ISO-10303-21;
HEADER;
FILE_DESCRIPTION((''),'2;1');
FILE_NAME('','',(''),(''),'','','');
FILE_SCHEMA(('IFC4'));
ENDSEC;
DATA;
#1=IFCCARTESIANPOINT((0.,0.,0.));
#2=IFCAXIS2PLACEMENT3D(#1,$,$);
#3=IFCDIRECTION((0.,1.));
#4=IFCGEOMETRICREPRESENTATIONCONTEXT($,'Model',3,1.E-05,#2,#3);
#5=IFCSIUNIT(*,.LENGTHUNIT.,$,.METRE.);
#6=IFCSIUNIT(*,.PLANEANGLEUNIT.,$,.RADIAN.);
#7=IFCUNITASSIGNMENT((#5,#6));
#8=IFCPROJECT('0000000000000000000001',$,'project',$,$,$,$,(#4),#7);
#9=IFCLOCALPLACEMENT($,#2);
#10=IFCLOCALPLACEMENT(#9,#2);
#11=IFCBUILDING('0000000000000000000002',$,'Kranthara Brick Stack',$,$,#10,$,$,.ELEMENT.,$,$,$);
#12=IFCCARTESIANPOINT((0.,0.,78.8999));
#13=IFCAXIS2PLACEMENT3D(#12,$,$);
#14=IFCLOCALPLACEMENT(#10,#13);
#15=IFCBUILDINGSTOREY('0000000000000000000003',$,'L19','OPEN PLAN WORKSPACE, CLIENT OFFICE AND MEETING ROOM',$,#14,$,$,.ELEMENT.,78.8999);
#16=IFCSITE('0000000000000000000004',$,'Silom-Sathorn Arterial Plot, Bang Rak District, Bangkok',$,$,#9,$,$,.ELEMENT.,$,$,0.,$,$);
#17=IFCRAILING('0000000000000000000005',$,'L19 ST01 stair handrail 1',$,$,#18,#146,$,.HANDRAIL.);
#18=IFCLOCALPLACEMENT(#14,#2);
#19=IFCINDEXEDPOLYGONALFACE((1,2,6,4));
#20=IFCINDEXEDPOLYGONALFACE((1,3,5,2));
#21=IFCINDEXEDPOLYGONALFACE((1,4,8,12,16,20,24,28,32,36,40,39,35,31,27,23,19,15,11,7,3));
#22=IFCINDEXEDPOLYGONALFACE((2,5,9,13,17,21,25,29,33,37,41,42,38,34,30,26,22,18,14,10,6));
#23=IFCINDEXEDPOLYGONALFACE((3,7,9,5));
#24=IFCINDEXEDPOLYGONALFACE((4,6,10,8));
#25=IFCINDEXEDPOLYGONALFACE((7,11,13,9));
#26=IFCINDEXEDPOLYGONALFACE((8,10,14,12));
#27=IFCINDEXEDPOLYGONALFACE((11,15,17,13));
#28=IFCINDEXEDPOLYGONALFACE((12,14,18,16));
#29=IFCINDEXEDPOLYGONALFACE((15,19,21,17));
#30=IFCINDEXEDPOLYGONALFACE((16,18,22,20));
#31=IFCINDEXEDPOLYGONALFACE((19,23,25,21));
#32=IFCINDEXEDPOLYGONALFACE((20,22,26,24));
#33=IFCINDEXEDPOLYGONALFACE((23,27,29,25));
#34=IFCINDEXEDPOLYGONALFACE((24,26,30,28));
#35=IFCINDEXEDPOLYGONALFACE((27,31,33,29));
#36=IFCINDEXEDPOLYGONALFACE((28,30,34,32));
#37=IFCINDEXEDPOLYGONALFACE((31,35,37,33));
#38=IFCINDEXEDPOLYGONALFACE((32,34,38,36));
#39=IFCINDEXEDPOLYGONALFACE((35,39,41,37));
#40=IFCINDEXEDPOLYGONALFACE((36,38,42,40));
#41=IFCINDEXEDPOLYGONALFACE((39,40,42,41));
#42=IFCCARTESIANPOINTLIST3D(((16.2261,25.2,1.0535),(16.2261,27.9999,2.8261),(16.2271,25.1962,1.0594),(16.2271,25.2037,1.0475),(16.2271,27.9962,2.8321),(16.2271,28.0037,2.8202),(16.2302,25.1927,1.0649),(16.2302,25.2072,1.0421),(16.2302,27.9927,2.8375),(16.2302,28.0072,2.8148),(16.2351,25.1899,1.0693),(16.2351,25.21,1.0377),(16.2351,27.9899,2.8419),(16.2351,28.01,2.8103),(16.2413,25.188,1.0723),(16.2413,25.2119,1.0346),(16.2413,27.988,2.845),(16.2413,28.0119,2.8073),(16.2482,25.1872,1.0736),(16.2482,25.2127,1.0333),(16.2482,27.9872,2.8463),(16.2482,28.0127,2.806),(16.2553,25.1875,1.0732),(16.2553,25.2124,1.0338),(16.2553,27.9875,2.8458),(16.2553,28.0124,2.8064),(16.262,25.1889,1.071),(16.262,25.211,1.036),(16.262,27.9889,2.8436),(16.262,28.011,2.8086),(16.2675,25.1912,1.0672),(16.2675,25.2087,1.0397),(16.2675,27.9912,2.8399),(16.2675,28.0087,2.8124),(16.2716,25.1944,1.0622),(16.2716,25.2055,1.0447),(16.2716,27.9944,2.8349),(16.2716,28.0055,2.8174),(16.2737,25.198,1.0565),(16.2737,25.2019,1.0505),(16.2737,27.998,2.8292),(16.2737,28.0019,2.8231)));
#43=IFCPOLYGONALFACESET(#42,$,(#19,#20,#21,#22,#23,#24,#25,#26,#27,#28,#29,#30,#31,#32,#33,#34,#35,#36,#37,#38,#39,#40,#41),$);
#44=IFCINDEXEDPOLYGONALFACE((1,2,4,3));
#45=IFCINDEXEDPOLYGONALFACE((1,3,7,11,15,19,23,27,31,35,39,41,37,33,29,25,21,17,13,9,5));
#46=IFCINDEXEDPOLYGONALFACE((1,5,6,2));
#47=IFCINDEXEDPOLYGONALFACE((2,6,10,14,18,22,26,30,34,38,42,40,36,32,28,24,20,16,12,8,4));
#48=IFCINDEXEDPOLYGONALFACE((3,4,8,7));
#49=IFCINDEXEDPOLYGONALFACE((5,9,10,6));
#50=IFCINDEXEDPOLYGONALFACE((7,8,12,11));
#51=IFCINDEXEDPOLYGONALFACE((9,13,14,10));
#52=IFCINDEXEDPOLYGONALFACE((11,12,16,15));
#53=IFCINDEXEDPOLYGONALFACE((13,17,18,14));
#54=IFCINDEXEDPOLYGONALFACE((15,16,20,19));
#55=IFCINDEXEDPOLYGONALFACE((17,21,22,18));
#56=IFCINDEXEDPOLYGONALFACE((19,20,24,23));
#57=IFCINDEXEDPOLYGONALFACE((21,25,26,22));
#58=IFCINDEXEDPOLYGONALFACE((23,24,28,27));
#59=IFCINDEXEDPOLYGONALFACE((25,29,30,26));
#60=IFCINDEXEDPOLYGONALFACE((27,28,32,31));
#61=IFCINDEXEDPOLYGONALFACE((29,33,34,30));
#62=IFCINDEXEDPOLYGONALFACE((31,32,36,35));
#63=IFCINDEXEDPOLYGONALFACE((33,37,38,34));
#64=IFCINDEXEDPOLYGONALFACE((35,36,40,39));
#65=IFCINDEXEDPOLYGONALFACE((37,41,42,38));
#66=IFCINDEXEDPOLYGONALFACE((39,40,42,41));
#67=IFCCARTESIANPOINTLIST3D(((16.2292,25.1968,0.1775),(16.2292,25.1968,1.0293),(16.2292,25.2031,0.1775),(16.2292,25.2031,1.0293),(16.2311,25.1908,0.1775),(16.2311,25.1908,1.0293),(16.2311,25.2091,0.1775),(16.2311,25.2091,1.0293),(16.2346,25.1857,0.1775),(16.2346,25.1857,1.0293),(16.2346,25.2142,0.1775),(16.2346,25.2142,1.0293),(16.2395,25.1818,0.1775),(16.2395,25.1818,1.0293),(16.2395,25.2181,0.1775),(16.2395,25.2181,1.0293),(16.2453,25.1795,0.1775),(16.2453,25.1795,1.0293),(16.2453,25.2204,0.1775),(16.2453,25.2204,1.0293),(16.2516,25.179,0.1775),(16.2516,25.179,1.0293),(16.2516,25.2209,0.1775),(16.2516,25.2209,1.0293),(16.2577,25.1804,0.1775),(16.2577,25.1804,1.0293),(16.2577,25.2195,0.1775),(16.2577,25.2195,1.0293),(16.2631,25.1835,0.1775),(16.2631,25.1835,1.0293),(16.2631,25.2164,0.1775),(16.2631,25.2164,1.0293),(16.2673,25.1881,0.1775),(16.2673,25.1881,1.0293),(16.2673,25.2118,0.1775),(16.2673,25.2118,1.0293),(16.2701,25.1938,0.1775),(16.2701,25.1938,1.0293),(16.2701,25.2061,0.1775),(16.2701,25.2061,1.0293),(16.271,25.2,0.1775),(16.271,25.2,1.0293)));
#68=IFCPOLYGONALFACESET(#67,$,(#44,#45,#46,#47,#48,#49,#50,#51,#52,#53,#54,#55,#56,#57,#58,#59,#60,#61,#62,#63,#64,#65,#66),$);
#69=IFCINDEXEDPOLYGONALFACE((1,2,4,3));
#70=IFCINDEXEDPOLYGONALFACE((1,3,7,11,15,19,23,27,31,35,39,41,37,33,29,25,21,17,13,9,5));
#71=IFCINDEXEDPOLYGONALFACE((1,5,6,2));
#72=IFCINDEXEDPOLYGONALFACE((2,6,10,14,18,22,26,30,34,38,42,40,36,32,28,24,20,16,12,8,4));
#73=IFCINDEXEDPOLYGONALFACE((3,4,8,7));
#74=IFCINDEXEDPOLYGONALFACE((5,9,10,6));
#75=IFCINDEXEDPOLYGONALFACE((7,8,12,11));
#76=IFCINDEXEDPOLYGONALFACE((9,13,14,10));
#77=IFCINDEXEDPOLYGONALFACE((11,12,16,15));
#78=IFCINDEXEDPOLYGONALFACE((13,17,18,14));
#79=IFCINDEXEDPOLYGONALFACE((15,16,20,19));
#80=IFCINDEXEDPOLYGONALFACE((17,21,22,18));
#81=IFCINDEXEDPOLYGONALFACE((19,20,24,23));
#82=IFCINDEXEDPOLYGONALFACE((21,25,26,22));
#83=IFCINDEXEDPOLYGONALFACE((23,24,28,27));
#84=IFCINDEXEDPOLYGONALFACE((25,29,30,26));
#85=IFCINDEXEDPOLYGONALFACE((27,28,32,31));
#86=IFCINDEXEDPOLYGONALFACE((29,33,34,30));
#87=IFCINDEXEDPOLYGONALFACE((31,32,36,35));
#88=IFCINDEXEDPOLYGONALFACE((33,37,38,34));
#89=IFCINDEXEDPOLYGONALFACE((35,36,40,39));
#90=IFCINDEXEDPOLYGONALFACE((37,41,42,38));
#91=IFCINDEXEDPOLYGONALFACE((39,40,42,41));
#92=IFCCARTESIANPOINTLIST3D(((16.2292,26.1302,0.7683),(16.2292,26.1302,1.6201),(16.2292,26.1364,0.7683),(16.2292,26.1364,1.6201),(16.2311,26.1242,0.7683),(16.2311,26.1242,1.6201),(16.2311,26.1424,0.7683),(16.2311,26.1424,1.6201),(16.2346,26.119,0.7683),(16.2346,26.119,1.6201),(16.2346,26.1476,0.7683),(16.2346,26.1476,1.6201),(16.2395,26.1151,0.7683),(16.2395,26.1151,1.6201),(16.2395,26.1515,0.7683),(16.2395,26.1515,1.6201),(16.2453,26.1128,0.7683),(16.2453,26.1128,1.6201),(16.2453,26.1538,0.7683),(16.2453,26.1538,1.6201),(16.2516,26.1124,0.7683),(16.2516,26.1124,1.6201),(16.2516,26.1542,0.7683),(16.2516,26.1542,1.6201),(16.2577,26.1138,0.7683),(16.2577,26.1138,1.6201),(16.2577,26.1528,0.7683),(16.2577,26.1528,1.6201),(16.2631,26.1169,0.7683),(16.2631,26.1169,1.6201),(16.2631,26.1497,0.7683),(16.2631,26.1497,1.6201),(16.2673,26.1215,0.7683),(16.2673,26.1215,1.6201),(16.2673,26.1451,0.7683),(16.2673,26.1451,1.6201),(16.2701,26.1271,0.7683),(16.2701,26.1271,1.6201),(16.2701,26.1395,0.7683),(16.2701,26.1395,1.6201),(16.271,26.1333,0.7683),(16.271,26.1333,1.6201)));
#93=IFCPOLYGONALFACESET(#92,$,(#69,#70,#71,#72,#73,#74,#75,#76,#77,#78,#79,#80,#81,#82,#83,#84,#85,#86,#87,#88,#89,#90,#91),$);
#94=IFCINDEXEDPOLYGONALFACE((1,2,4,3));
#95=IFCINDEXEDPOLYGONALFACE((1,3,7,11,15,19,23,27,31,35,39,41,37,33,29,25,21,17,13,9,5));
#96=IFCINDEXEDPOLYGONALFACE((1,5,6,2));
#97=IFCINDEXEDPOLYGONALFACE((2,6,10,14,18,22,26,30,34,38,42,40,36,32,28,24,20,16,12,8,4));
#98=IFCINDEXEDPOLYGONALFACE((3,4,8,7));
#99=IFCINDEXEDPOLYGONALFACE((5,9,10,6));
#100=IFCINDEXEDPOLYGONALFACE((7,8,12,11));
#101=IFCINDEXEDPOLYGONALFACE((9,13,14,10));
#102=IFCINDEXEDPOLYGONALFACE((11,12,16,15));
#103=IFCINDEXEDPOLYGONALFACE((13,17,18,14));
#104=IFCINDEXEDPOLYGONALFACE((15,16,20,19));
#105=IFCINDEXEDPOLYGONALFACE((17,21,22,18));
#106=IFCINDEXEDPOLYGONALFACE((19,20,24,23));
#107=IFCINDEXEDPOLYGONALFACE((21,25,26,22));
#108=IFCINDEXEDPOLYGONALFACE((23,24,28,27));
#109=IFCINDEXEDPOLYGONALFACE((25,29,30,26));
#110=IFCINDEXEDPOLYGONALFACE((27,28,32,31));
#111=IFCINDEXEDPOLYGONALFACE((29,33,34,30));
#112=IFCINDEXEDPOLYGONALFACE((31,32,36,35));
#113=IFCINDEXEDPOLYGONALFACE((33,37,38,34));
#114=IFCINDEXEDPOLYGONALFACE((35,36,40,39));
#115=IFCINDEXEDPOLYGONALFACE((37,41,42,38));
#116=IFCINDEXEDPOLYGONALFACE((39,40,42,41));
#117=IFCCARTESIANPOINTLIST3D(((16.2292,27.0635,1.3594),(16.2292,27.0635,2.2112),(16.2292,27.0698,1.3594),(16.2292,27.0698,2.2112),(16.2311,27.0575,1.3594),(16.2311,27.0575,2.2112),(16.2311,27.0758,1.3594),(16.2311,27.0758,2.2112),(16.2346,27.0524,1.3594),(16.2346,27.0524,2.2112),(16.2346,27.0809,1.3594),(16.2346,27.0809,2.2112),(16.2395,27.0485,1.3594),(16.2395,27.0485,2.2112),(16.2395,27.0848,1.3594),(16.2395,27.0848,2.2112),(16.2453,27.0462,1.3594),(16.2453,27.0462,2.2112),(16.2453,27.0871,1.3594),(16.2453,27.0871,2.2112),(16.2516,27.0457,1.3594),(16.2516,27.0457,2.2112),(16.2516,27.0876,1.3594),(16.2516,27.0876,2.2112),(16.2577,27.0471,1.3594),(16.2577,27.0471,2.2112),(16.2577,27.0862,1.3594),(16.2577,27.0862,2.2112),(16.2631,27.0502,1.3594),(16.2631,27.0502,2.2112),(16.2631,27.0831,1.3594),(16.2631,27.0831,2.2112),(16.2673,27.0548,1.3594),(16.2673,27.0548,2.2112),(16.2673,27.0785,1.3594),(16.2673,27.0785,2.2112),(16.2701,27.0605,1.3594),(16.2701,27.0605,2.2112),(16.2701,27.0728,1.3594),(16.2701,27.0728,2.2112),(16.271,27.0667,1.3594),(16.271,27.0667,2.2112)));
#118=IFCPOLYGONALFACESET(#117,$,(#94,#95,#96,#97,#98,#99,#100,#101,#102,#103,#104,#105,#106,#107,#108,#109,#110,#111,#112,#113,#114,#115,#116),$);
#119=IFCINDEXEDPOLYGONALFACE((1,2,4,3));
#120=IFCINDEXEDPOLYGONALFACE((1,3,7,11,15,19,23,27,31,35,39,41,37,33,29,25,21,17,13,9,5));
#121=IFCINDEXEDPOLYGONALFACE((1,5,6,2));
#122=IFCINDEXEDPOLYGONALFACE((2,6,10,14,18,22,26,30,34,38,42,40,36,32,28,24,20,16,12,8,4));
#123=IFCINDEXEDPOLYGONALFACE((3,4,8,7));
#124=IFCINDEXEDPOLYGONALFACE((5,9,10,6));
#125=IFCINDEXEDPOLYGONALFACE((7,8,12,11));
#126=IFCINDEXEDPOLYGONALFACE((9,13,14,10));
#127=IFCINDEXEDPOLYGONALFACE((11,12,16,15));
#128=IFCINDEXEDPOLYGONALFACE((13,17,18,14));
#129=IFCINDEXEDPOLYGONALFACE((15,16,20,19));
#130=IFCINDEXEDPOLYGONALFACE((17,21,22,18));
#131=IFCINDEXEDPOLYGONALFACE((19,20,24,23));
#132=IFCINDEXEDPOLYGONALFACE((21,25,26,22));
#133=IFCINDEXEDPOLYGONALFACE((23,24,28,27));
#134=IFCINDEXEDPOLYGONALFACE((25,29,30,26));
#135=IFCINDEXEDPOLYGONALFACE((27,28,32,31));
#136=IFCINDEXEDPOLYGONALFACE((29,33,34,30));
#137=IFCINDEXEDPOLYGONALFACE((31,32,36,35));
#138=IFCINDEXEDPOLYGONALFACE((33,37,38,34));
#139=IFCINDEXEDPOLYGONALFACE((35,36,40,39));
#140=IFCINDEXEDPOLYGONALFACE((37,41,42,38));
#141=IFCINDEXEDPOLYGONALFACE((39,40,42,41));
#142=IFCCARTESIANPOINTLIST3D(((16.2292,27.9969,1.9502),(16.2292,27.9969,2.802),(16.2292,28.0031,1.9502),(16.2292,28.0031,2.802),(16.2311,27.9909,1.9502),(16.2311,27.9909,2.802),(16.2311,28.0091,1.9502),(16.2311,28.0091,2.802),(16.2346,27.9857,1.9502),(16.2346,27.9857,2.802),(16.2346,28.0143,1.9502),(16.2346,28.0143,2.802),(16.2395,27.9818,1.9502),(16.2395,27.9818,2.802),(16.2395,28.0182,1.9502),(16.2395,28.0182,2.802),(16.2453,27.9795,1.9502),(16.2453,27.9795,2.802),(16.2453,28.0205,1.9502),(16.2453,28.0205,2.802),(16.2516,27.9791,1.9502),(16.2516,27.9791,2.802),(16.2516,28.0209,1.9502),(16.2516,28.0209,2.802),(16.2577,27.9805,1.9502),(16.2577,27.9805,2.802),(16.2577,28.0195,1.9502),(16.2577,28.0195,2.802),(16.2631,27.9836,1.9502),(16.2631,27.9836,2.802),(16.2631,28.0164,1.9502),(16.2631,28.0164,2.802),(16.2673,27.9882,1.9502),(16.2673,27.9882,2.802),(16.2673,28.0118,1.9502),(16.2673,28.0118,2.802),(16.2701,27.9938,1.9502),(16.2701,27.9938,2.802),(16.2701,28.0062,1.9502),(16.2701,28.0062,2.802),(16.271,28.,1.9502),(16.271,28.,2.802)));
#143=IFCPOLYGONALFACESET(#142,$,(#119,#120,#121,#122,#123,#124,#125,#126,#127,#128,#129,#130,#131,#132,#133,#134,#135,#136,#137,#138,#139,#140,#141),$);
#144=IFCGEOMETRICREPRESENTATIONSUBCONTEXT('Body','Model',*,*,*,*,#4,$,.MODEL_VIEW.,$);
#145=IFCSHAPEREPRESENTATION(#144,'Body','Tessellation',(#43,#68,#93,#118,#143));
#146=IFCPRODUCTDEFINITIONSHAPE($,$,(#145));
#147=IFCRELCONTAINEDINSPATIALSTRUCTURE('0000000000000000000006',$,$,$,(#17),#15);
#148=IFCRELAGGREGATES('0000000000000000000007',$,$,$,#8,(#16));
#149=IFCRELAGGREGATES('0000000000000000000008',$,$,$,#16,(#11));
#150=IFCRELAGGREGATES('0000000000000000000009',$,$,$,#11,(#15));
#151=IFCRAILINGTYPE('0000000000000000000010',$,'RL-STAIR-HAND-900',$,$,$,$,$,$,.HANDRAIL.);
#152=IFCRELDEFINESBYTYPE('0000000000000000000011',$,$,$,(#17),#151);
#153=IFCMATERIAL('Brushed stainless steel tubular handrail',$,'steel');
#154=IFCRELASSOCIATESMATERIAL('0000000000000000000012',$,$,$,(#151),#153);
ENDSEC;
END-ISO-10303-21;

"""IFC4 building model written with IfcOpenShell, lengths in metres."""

from ifc_helpers import new_model, si_unit, direction, frame, origin, origin_2d, place, context, subcontext, project, spatial, circle, extrude, material, type_object, element, save


model = new_model("IFC4")

# Units and contexts
model_context = context("Model", 3, precision=1e-05, world=origin(), true_north=direction((0.0, 1.0)))
body_context = subcontext(model_context, "Body", "Model", "MODEL_VIEW")
ifc_project = project(units=[si_unit("LENGTHUNIT", "METRE"), si_unit("PLANEANGLEUNIT", "RADIAN")], contexts=[model_context])

# Site, building, storey
site_placement = place(None, origin())
site = spatial("IfcSite", under=ifc_project, at=site_placement, Name="Silom-Sathorn Arterial Plot, Bang Rak District, Bangkok", CompositionType="ELEMENT", RefElevation=0.0)
building_placement = place(site_placement, origin())
building = spatial("IfcBuilding", under=site, at=building_placement, Name="Kranthara Brick Stack", CompositionType="ELEMENT")
storey_placement = place(building_placement, frame((0.0, 0.0, 78.8999)))
storey = spatial("IfcBuildingStorey", under=building, at=storey_placement, Name="L19", Description="OPEN PLAN WORKSPACE, CLIENT OFFICE AND MEETING ROOM", CompositionType="ELEMENT", Elevation=78.8999)

# Railing
ifc_material_1 = material(Name="Brushed stainless steel tubular handrail", Category="steel")
railing_type_1 = type_object("IfcRailingType", Name="RL-STAIR-HAND-900", PredefinedType="HANDRAIL", material=ifc_material_1)
railing_1_placement = place(storey_placement, frame((16.25, 25.2, 0.1775)))
element("IfcRailing", 1, at=railing_1_placement, inside=storey, type_object=railing_type_1, Name="L19 ST01 stair handrail 1", PredefinedType="HANDRAIL", context=body_context, shape_type="SweptSolid", body=[
    extrude(circle(Radius=0.0239, at=origin_2d()), frame((0.0, 0.0, 0.876), z_axis=(0.0, 0.844909, 0.53491), x_axis=(-1.0, 0.0, 0.0)), (0.0, 0.0, 1.0), 3.314),
    extrude(circle(Radius=0.021, at=origin_2d()), origin(), (0.0, 0.0, 1.0), 0.8518),
    extrude(circle(Radius=0.021, at=origin_2d()), frame((0.0, 0.9333, 0.5908)), (0.0, 0.0, 1.0), 0.8518),
    extrude(circle(Radius=0.021, at=origin_2d()), frame((0.0, 1.8667, 1.1819)), (0.0, 0.0, 1.0), 0.8518),
    extrude(circle(Radius=0.021, at=origin_2d()), frame((0.0, 2.8, 1.7727)), (0.0, 0.0, 1.0), 0.8518),
])

save(model, "model.ifc")
